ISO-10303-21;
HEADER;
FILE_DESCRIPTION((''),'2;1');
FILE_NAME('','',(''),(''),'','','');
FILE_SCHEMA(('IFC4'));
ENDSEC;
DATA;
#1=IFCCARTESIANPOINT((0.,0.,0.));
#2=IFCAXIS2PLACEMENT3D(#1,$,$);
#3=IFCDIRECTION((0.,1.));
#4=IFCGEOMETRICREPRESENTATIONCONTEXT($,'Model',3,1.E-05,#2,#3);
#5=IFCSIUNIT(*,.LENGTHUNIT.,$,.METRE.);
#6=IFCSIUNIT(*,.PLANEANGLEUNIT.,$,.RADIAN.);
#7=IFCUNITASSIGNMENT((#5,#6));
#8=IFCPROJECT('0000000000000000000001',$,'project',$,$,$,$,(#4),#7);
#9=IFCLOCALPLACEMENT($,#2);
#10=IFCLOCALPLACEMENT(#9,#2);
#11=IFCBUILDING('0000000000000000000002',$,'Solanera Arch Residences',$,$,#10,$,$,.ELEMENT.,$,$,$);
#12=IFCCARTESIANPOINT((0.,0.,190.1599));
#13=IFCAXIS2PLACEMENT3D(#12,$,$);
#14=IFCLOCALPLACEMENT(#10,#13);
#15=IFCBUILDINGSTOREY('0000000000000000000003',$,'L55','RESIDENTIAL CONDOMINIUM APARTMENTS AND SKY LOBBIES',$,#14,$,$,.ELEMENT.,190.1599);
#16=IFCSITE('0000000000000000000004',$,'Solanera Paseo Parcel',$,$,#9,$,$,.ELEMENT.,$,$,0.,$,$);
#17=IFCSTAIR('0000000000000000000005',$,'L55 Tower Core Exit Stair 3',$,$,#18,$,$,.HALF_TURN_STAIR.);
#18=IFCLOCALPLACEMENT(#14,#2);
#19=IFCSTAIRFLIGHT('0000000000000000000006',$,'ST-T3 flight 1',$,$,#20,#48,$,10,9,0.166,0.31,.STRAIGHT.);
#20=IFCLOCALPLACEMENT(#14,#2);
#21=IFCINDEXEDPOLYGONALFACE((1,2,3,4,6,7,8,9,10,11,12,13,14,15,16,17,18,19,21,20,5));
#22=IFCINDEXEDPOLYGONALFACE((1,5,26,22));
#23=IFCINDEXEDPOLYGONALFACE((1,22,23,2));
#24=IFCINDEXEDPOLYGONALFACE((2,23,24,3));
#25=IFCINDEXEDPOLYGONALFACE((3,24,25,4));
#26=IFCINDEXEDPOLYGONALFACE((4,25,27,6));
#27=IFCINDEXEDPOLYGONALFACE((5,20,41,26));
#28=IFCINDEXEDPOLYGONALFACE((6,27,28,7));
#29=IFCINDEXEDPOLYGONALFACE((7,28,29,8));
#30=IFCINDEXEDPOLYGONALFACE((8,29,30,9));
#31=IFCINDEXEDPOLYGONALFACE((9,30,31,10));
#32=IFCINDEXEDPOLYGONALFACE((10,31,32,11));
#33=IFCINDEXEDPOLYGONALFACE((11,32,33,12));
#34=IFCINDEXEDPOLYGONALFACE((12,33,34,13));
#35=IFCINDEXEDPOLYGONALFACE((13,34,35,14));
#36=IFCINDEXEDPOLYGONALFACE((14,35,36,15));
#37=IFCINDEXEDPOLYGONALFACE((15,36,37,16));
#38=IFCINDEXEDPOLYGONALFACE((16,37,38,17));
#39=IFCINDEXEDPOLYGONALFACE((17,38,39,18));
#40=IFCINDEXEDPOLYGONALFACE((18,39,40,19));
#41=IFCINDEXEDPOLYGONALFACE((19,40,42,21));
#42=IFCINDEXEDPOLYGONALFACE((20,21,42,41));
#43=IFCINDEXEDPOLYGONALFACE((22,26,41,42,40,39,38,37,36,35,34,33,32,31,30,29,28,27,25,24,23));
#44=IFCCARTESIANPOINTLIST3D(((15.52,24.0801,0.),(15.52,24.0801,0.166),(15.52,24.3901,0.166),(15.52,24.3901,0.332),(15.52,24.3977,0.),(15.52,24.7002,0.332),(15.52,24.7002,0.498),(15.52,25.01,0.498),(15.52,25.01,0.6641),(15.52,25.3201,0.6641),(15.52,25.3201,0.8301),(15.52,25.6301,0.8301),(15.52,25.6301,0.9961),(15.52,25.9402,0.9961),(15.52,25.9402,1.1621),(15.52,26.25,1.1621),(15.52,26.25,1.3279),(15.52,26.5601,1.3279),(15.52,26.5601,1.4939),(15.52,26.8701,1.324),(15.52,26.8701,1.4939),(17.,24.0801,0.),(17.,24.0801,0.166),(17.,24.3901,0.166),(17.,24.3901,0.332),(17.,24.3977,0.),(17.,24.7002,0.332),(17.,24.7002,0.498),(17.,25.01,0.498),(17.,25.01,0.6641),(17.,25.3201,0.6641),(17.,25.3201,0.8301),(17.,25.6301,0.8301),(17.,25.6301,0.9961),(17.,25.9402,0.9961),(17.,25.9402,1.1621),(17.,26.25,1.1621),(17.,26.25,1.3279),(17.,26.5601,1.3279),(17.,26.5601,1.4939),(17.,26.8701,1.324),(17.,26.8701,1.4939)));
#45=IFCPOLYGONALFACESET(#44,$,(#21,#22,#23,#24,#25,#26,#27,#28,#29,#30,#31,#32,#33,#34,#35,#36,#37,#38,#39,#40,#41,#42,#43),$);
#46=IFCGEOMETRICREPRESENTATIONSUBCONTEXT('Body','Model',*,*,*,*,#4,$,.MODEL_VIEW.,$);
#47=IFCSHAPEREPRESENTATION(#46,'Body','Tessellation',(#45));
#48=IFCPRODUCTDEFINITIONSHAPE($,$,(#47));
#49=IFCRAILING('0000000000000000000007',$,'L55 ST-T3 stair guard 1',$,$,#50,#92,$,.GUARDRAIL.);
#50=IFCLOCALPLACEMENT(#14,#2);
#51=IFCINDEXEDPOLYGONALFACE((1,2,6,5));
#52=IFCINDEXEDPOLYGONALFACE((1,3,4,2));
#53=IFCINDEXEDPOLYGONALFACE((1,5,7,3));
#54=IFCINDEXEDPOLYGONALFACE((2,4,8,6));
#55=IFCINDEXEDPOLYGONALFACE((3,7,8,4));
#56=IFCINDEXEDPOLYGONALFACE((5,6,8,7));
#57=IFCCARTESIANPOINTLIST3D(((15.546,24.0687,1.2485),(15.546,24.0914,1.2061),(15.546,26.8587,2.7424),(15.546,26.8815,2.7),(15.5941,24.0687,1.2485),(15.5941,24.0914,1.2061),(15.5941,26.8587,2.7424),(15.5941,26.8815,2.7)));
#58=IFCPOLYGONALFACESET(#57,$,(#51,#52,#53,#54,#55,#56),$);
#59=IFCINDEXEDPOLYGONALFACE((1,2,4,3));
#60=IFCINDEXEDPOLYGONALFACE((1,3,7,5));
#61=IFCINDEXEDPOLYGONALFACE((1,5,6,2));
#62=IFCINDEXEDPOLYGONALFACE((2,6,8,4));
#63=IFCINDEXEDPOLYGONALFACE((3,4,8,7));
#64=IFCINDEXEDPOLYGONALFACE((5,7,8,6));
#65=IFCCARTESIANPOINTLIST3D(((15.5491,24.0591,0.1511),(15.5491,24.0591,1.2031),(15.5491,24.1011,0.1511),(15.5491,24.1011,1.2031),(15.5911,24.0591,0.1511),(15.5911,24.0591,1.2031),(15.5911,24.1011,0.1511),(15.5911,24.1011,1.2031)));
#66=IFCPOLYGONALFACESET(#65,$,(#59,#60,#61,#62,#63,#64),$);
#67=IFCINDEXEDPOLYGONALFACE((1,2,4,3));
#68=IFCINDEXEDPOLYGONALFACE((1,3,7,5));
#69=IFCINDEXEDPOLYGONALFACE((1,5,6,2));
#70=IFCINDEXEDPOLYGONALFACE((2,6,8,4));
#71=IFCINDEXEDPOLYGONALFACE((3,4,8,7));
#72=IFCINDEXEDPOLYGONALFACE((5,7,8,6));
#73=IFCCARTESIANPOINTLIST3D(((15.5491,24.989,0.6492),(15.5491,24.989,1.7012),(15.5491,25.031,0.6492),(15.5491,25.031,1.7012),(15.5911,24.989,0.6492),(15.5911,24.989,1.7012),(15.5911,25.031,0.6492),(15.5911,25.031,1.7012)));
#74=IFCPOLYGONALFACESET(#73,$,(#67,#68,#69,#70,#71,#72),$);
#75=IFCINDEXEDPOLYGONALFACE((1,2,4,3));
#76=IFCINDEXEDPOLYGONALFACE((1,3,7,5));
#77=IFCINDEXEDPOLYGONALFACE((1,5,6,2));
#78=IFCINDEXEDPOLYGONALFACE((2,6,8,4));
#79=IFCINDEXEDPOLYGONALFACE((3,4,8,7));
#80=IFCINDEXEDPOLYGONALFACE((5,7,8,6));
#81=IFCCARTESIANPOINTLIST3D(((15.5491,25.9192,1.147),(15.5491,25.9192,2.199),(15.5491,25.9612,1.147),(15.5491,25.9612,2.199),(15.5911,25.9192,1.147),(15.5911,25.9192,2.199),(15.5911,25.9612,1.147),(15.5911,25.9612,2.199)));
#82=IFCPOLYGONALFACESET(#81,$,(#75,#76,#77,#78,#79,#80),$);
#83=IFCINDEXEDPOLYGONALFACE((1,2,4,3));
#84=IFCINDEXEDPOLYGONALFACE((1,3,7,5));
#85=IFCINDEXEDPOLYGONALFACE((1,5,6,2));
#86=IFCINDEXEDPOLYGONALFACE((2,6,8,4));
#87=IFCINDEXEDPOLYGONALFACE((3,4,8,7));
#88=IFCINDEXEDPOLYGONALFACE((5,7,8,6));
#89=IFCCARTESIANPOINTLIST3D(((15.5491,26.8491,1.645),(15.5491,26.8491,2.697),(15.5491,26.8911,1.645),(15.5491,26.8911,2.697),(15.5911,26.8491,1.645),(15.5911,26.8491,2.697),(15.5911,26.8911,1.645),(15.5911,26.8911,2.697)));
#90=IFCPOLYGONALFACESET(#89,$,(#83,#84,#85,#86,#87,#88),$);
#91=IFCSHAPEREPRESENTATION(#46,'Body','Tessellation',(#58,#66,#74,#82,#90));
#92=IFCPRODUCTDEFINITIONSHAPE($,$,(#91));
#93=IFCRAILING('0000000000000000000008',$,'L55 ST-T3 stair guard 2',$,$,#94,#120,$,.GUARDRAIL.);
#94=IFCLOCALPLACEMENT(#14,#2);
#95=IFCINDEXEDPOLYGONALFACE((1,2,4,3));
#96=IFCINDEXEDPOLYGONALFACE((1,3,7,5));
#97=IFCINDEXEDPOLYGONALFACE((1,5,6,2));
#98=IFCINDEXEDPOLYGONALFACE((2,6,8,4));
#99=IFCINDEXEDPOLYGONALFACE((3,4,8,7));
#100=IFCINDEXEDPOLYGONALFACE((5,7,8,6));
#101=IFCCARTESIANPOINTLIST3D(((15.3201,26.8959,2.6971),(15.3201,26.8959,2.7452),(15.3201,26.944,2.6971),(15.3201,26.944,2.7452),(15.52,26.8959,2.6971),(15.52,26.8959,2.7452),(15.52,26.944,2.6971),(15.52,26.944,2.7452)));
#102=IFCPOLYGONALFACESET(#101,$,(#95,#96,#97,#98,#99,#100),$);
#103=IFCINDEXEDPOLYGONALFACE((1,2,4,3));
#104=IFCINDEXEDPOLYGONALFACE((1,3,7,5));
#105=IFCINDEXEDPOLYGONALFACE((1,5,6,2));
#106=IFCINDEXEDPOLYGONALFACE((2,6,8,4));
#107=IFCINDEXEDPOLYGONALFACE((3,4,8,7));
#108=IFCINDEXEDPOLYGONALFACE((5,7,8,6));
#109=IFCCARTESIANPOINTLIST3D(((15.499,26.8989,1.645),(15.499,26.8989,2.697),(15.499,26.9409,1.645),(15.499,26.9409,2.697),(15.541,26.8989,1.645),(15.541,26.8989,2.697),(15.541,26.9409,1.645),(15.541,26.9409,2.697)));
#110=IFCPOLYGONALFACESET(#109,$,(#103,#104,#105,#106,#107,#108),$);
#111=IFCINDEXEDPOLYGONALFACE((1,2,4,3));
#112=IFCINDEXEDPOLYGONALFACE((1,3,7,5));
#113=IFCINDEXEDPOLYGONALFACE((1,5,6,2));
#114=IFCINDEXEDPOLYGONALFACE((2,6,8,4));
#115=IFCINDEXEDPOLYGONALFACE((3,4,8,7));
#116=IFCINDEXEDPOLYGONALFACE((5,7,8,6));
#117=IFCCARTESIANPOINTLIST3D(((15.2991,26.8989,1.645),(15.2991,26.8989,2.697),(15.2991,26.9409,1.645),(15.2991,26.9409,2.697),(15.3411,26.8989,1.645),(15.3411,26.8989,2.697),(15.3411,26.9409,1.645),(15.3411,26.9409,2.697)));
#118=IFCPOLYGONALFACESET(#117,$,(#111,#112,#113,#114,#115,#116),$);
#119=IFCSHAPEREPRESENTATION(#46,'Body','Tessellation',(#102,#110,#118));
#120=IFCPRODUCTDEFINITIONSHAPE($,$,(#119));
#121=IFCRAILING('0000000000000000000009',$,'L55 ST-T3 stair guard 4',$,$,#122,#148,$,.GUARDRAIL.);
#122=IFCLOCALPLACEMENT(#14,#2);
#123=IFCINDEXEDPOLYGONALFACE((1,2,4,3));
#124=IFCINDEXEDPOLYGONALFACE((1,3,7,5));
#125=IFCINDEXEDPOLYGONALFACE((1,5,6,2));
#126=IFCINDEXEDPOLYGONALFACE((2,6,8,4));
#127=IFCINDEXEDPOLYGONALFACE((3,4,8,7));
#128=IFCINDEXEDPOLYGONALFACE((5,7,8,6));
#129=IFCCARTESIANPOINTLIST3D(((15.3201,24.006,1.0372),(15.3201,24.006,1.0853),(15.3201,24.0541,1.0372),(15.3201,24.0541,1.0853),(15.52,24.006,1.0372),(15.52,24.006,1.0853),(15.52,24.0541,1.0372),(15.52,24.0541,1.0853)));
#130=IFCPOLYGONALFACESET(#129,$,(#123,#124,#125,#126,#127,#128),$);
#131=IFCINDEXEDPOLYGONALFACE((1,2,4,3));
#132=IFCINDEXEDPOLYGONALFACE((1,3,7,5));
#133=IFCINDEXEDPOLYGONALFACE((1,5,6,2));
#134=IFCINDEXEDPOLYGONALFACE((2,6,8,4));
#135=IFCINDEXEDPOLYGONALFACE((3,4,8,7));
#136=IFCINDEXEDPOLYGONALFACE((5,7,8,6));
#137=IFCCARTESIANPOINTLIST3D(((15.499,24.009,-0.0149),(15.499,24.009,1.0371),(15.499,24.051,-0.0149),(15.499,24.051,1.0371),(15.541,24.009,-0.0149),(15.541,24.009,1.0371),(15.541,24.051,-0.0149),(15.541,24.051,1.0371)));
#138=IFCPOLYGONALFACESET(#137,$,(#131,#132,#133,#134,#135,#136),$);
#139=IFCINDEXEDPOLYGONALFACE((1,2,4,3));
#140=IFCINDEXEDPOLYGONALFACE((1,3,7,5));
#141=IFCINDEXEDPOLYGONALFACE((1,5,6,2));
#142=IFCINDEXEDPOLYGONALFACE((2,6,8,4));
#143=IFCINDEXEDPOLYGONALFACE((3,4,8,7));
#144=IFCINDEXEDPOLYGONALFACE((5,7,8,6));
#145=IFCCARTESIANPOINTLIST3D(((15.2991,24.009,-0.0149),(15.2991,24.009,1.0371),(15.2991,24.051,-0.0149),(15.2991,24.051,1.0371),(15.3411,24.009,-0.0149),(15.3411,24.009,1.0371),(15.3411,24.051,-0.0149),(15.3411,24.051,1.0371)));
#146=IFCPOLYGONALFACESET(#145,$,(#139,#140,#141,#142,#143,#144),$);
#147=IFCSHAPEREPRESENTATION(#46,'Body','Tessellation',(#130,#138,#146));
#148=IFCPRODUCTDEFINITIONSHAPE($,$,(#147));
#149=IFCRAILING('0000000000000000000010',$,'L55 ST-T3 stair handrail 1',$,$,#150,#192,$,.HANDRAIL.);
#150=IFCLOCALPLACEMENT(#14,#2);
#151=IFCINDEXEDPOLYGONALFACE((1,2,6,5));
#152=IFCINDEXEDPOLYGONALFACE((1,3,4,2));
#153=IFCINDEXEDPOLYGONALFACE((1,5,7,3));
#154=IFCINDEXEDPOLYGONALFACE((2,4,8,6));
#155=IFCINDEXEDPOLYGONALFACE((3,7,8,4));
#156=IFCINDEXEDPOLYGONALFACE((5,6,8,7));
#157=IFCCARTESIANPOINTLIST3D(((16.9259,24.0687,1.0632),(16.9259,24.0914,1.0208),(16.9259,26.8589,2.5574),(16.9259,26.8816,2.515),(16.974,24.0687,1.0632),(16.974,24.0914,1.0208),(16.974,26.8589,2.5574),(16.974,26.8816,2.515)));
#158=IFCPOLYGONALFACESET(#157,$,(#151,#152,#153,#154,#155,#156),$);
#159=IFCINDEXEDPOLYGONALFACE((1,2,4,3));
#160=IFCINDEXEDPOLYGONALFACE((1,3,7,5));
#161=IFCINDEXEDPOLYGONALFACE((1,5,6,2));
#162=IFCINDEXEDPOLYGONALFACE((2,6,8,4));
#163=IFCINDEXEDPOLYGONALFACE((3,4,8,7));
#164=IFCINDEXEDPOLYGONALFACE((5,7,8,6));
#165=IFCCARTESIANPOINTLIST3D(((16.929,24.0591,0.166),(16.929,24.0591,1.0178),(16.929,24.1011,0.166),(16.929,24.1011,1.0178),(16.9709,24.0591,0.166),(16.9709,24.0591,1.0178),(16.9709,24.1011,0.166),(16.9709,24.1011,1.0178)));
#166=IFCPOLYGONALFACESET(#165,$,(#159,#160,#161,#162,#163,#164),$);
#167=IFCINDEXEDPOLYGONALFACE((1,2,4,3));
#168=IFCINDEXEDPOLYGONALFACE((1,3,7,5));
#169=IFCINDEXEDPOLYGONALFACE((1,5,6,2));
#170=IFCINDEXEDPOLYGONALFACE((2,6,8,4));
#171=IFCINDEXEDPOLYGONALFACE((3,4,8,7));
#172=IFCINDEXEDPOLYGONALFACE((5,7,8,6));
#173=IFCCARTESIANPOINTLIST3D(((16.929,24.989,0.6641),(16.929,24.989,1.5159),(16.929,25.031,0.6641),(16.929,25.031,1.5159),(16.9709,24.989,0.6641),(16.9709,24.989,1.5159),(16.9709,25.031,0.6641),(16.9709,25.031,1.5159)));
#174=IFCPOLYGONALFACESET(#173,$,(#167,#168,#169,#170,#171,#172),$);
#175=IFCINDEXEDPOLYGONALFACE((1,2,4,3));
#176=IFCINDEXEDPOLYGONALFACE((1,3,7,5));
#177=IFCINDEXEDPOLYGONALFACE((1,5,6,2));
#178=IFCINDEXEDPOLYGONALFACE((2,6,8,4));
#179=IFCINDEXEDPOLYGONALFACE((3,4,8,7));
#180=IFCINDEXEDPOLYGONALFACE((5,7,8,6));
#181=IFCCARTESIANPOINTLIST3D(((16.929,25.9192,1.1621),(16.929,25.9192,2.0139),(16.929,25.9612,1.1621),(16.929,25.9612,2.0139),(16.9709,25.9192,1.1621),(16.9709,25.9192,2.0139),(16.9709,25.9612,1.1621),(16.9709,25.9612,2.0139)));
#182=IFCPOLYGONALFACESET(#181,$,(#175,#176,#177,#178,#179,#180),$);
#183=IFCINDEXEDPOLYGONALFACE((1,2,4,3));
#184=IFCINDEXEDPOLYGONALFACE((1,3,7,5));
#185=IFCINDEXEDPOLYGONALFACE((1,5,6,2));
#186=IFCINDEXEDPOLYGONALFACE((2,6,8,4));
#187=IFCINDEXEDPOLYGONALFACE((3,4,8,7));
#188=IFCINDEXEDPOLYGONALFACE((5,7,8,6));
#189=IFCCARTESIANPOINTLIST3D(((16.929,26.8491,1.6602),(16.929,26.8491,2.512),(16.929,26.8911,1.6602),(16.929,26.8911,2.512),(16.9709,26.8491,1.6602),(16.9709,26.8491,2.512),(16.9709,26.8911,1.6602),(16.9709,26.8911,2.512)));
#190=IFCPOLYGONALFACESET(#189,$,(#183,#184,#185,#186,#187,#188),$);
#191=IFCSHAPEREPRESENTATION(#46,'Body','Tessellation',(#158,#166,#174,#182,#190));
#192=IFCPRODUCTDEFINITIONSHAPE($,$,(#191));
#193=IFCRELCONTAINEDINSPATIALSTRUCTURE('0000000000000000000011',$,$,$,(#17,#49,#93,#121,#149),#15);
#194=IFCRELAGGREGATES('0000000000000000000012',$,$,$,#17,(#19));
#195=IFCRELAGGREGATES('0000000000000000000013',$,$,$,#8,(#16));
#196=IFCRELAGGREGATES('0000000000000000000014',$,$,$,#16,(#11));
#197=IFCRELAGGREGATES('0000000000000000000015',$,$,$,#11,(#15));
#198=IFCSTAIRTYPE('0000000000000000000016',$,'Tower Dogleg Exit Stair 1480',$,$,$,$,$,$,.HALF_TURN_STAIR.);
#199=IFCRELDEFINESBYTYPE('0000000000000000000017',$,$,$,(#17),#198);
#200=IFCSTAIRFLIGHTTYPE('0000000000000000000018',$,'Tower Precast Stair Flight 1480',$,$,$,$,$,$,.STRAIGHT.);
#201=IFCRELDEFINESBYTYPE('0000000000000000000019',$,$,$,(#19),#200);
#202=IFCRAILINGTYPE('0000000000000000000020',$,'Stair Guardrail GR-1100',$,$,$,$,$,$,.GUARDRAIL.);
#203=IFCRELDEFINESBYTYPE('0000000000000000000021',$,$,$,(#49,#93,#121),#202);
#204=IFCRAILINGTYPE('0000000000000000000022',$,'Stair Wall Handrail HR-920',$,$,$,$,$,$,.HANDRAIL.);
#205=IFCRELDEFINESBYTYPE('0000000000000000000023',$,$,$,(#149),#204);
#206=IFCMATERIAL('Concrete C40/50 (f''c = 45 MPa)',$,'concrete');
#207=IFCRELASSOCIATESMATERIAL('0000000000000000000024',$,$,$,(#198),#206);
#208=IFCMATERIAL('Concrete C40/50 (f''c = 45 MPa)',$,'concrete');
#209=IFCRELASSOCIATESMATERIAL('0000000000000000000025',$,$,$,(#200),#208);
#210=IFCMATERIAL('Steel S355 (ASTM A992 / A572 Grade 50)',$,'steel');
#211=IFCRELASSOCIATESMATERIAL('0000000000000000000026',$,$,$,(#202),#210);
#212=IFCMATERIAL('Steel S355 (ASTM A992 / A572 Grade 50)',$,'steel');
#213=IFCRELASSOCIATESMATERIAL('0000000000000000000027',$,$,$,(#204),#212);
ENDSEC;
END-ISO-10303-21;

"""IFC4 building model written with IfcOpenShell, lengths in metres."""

from ifc_helpers import new_model, si_unit, direction, frame, origin, origin_2d, place, context, subcontext, project, spatial, polyline, rectangle, outline, extrude, material, type_object, element, aggregate, save


model = new_model("IFC4")

# Units and contexts
model_context = context("Model", 3, precision=1e-05, world=origin(), true_north=direction((0.0, 1.0)))
body_context = subcontext(model_context, "Body", "Model", "MODEL_VIEW")
ifc_project = project(units=[si_unit("LENGTHUNIT", "METRE"), si_unit("PLANEANGLEUNIT", "RADIAN")], contexts=[model_context])

# Site, building, storey
site_placement = place(None, origin())
site = spatial("IfcSite", under=ifc_project, at=site_placement, Name="Solanera Paseo Parcel", CompositionType="ELEMENT", RefElevation=0.0)
building_placement = place(site_placement, origin())
building = spatial("IfcBuilding", under=site, at=building_placement, Name="Solanera Arch Residences", CompositionType="ELEMENT")
storey_placement = place(building_placement, frame((0.0, 0.0, 190.1599)))
storey = spatial("IfcBuildingStorey", under=building, at=storey_placement, Name="L55", Description="RESIDENTIAL CONDOMINIUM APARTMENTS AND SKY LOBBIES", CompositionType="ELEMENT", Elevation=190.1599)

# Stair, stair flight
ifc_material_1 = material(Name="Concrete C40/50 (f'c = 45 MPa)", Category="concrete")
stair_type = type_object("IfcStairType", Name="Tower Dogleg Exit Stair 1480", PredefinedType="HALF_TURN_STAIR", material=ifc_material_1)
stair_placement = place(storey_placement, origin())
stair = element("IfcStair", 1, at=stair_placement, inside=storey, type_object=stair_type, Name="L55 Tower Core Exit Stair 3", PredefinedType="HALF_TURN_STAIR")
ifc_material_2 = material(Name="Concrete C40/50 (f'c = 45 MPa)", Category="concrete")
stair_flight_type = type_object("IfcStairFlightType", Name="Tower Precast Stair Flight 1480", PredefinedType="STRAIGHT", material=ifc_material_2)
stair_flight_placement = place(storey_placement, frame((16.26, 24.0801, 0.0), z_axis=(0.0, 0.0, 1.0), x_axis=(0.0, 1.0, 0.0)))
stair_flight = element("IfcStairFlight", 2, at=stair_flight_placement, type_object=stair_flight_type, Name="ST-T3 flight 1", NumberOfRisers=10, NumberOfTreads=9, PredefinedType="STRAIGHT", RiserHeight=0.166, TreadLength=0.31, context=body_context, shape_type="SweptSolid", body=[
    extrude(outline(polyline([(0.0, 0.0), (0.0, 0.166), (0.3101, 0.166), (0.3101, 0.332), (0.6201, 0.332), (0.6201, 0.498), (0.9299, 0.498), (0.9299, 0.6641), (1.24, 0.6641), (1.24, 0.8301), (1.55, 0.8301), (1.55, 0.9961), (1.8601, 0.9961), (1.8601, 1.1621), (2.1699, 1.1621), (2.1699, 1.3279), (2.48, 1.3279), (2.48, 1.4939), (2.79, 1.4939), (2.79, 1.6599), (2.79, 1.324), (0.3176, 0.0), (0.0, 0.0)])), frame((0.0, 0.74, 0.0), z_axis=(0.0, -1.0, 0.0), x_axis=(1.0, 0.0, 0.0)), (0.0, 0.0, 1.0), 1.48),
])
aggregate(stair, [stair_flight])

# Railings
ifc_material_3 = material(Name="Steel S355 (ASTM A992 / A572 Grade 50)", Category="steel")
railing_type_1 = type_object("IfcRailingType", Name="Stair Guardrail GR-1100", PredefinedType="GUARDRAIL", material=ifc_material_3)
railing_1_placement = place(storey_placement, frame((15.5701, 24.0801, 0.1511)))
element("IfcRailing", 3, at=railing_1_placement, inside=storey, type_object=railing_type_1, Name="L55 ST-T3 stair guard 1", PredefinedType="GUARDRAIL", context=body_context, shape_type="SweptSolid", body=[
    extrude(rectangle(XDim=0.0481, YDim=0.0481, at=origin_2d()), frame((0.0, 0.0, 1.0762), z_axis=(0.0, 0.881581, 0.472033), x_axis=(-1.0, 0.0, 0.0)), (0.0, 0.0, 1.0), 3.1648),
    extrude(rectangle(XDim=0.042, YDim=0.042, at=origin_2d()), origin(), (0.0, 0.0, 1.0), 1.052),
    extrude(rectangle(XDim=0.042, YDim=0.042, at=origin_2d()), frame((0.0, 0.9299, 0.498)), (0.0, 0.0, 1.0), 1.052),
    extrude(rectangle(XDim=0.042, YDim=0.042, at=origin_2d()), frame((0.0, 1.8601, 0.9958)), (0.0, 0.0, 1.0), 1.052),
    extrude(rectangle(XDim=0.042, YDim=0.042, at=origin_2d()), frame((0.0, 2.79, 1.4939)), (0.0, 0.0, 1.0), 1.052),
])
for number, where, name in (
    (4, (15.52, 26.9199, 1.645), "L55 ST-T3 stair guard 2"),
    (5, (15.52, 24.03, -0.0149), "L55 ST-T3 stair guard 4"),
):
    element("IfcRailing", number, at=place(storey_placement, frame(where)), inside=storey, type_object=railing_type_1, Name=name, PredefinedType="GUARDRAIL", context=body_context, shape_type="SweptSolid", body=[
        extrude(rectangle(XDim=0.0481, YDim=0.0481, at=origin_2d()), frame((0.0, 0.0, 1.0762), z_axis=(-1.0, 0.0, 0.0), x_axis=(0.0, -1.0, 0.0)), (0.0, 0.0, 1.0), 0.2),
        extrude(rectangle(XDim=0.042, YDim=0.042, at=origin_2d()), origin(), (0.0, 0.0, 1.0), 1.052),
        extrude(rectangle(XDim=0.042, YDim=0.042, at=origin_2d()), frame((-0.2, 0.0, 0.0)), (0.0, 0.0, 1.0), 1.052),
    ])
ifc_material_4 = material(Name="Steel S355 (ASTM A992 / A572 Grade 50)", Category="steel")
railing_type_2 = type_object("IfcRailingType", Name="Stair Wall Handrail HR-920", PredefinedType="HANDRAIL", material=ifc_material_4)
railing_2_placement = place(storey_placement, frame((16.95, 24.0801, 0.166)))
element("IfcRailing", 6, at=railing_2_placement, inside=storey, type_object=railing_type_2, Name="L55 ST-T3 stair handrail 1", PredefinedType="HANDRAIL", context=body_context, shape_type="SweptSolid", body=[
    extrude(rectangle(XDim=0.0481, YDim=0.0481, at=origin_2d()), frame((0.0, 0.0, 0.876), z_axis=(0.0, 0.881549, 0.472093), x_axis=(-1.0, 0.0, 0.0)), (0.0, 0.0, 1.0), 3.165),
    extrude(rectangle(XDim=0.042, YDim=0.042, at=origin_2d()), origin(), (0.0, 0.0, 1.0), 0.8518),
    extrude(rectangle(XDim=0.042, YDim=0.042, at=origin_2d()), frame((0.0, 0.9299, 0.498)), (0.0, 0.0, 1.0), 0.8518),
    extrude(rectangle(XDim=0.042, YDim=0.042, at=origin_2d()), frame((0.0, 1.8601, 0.9961)), (0.0, 0.0, 1.0), 0.8518),
    extrude(rectangle(XDim=0.042, YDim=0.042, at=origin_2d()), frame((0.0, 2.79, 1.4941)), (0.0, 0.0, 1.0), 0.8518),
])

save(model, "model.ifc")
